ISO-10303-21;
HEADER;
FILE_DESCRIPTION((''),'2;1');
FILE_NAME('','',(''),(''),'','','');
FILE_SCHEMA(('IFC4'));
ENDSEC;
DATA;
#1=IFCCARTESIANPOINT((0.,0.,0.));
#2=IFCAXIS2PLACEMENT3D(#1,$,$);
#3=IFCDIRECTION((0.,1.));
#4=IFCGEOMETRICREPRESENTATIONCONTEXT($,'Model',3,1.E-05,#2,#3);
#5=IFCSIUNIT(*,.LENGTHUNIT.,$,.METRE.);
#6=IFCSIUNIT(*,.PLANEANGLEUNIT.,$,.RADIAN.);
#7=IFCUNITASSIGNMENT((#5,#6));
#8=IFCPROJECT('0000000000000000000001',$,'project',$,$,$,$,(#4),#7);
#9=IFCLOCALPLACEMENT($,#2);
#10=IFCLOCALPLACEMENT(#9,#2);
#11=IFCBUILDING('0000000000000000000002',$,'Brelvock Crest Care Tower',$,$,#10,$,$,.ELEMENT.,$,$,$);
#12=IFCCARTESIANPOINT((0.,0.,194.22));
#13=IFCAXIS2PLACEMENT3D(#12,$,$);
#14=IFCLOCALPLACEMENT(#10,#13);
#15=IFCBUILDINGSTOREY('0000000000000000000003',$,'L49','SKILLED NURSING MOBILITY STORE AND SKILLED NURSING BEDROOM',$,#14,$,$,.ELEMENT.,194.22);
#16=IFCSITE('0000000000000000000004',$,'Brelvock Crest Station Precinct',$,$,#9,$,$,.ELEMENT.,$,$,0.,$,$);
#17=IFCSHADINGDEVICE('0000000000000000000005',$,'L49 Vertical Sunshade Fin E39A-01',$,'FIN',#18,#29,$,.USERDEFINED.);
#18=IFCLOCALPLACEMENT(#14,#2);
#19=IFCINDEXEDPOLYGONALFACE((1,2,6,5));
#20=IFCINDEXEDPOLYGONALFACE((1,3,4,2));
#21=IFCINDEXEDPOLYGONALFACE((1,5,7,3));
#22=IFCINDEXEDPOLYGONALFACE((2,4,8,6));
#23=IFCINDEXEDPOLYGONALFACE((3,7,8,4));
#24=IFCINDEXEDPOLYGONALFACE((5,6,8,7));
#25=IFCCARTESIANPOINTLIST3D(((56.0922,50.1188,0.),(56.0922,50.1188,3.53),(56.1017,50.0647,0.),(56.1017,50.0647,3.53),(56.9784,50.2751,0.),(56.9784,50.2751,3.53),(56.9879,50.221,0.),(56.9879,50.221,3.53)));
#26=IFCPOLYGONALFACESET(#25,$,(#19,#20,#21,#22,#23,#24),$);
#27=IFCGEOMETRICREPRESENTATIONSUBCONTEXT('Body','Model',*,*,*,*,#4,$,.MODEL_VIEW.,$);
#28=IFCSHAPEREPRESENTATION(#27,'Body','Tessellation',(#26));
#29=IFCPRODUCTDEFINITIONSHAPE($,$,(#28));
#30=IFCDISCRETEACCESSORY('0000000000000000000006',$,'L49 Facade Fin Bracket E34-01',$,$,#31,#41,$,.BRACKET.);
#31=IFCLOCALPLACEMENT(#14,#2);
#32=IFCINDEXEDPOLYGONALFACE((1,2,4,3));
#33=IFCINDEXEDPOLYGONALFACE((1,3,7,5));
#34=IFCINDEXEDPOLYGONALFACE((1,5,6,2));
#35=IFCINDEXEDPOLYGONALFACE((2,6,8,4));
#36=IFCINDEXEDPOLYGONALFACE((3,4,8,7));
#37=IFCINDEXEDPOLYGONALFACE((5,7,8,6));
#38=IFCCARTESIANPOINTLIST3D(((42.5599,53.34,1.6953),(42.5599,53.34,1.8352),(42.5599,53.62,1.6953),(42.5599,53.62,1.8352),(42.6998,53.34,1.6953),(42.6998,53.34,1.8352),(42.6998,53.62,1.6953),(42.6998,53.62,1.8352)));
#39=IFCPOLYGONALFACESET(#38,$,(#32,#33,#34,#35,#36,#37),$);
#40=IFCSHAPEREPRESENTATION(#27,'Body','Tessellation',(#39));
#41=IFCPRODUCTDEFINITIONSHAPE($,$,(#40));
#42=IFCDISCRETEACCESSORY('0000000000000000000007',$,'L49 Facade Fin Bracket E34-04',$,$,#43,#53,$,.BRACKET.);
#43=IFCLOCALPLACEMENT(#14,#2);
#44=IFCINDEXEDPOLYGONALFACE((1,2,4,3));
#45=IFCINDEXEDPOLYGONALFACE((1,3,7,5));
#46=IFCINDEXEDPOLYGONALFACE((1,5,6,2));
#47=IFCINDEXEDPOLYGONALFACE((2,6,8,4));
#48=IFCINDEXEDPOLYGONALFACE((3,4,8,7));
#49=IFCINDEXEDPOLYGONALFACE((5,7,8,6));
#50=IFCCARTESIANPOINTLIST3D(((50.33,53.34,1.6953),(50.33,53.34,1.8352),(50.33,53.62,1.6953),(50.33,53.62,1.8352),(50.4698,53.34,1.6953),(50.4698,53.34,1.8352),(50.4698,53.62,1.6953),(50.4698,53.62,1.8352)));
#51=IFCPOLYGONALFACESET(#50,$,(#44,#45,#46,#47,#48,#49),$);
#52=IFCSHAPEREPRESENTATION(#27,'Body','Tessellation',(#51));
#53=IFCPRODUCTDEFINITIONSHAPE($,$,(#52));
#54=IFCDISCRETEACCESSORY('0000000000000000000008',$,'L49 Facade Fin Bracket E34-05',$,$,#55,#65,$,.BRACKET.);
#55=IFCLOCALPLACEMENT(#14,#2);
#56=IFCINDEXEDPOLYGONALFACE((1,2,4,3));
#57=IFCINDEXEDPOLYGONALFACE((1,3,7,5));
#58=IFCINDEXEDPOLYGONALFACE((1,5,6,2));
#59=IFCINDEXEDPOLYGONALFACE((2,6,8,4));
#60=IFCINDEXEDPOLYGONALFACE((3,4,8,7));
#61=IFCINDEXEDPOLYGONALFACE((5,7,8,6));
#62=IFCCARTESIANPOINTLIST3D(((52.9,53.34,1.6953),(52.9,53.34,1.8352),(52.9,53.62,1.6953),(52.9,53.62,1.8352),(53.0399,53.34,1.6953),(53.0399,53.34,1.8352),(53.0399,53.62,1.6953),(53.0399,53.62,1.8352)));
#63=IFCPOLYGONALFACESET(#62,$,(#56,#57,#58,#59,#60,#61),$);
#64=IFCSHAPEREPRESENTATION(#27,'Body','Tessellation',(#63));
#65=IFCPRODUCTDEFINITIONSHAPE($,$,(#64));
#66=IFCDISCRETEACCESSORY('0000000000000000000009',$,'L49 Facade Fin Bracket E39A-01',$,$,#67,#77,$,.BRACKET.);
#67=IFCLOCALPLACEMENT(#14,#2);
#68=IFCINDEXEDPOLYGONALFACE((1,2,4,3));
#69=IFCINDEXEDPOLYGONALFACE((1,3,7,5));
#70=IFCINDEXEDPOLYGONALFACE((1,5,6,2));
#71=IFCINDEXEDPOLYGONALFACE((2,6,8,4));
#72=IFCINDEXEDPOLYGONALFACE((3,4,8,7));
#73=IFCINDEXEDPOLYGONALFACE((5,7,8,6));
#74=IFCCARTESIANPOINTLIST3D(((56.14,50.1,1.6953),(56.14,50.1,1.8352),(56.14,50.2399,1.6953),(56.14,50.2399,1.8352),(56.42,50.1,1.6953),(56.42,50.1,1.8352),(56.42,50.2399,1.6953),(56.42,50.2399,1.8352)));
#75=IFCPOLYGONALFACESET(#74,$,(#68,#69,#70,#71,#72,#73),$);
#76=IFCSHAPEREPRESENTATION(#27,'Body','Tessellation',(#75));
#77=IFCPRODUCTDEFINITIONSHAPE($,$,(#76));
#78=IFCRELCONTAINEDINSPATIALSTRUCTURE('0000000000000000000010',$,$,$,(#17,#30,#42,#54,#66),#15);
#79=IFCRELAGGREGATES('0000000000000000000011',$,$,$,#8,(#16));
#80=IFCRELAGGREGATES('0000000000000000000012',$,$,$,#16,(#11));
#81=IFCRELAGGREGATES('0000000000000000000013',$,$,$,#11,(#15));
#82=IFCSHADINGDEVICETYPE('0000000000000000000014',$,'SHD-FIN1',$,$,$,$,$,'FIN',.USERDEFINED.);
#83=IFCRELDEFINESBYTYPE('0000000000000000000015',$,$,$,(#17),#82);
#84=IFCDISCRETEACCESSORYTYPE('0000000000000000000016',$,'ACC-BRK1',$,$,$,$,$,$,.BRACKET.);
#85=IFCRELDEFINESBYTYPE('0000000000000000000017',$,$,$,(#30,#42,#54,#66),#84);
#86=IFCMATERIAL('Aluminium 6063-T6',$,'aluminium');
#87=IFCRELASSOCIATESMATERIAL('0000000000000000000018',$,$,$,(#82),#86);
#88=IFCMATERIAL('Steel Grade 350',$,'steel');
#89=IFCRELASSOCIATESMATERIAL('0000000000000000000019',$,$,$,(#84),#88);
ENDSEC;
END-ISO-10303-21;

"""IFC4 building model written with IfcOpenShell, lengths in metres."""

from ifc_helpers import new_model, si_unit, direction, frame, origin, origin_2d, place, context, subcontext, project, spatial, rectangle, extrude, source, transform, mapped, material, material_profile, profile_set, type_object, element, save


model = new_model("IFC4")

# Units and contexts
model_context = context("Model", 3, precision=1e-05, world=origin(), true_north=direction((0.0, 1.0)))
body_context = subcontext(model_context, "Body", "Model", "MODEL_VIEW")
ifc_project = project(units=[si_unit("LENGTHUNIT", "METRE"), si_unit("PLANEANGLEUNIT", "RADIAN")], contexts=[model_context])

# Site, building, storey
site_placement = place(None, origin())
site = spatial("IfcSite", under=ifc_project, at=site_placement, Name="Brelvock Crest Station Precinct", CompositionType="ELEMENT", RefElevation=0.0)
building_placement = place(site_placement, origin())
building = spatial("IfcBuilding", under=site, at=building_placement, Name="Brelvock Crest Care Tower", CompositionType="ELEMENT")
storey_placement = place(building_placement, frame((0.0, 0.0, 194.22)))
storey = spatial("IfcBuildingStorey", under=building, at=storey_placement, Name="L49", Description="SKILLED NURSING MOBILITY STORE AND SKILLED NURSING BEDROOM", CompositionType="ELEMENT", Elevation=194.22)

# Shared definitions
ifc_material_1 = material(Name="Aluminium 6063-T6", Category="aluminium")

# Shading device
ifc_material_profile_1 = material_profile(ifc_material_1, rectangle(XDim=0.0549, YDim=0.8999, at=origin_2d()), Name="FIN55x900")
ifc_profile_set_1 = profile_set([ifc_material_profile_1], Name="Aluminium 6063-T6")
shading_device_type = type_object("IfcShadingDeviceType", Name="SHD-FIN1", ElementType="FIN", PredefinedType="USERDEFINED", material=ifc_profile_set_1)
shared_shape_1 = source(origin(), body_context, "Body", "SweptSolid", [
    extrude(rectangle(XDim=0.0549, YDim=0.8999, at=origin_2d()), origin(), (0.0, 0.0, 1.0), 3.53),
])
for number, where, z_axis, x_axis, name in (
    (1, (56.54, 50.1699, 0.0), (0.0, 0.0, 1.0), (0.173648, -0.984808, 0.0), "L49 Vertical Sunshade Fin E39A-01"),
):
    element("IfcShadingDevice", number, at=place(storey_placement, frame(where, z_axis=z_axis, x_axis=x_axis)), inside=storey, type_object=shading_device_type, Name=name, ObjectType="FIN", PredefinedType="USERDEFINED", context=body_context, shape_type="MappedRepresentation", body=[
        mapped(shared_shape_1, transform((0.0, 0.0, 0.0), x_axis=(1.0, 0.0, 0.0), y_axis=(0.0, 1.0, 0.0), z_axis=(0.0, 0.0, 1.0), scale=1.0)),
    ])

# Discrete accessories
ifc_material_2 = material(Name="Steel Grade 350", Category="steel")
discrete_accessory_type = type_object("IfcDiscreteAccessoryType", Name="ACC-BRK1", PredefinedType="BRACKET", material=ifc_material_2)
shared_shape_2 = source(origin(), body_context, "Body", "SweptSolid", [
    extrude(rectangle(XDim=0.28, YDim=0.1399, at=origin_2d()), origin(), (0.0, 0.0, 1.0), 0.1399),
])
for number, where, z_axis, x_axis, name in (
    (2, (42.6299, 53.48, 1.6953), (0.0, 0.0, 1.0), (0.0, 1.0, 0.0), "L49 Facade Fin Bracket E34-01"),
    (3, (50.3999, 53.48, 1.6953), (0.0, 0.0, 1.0), (0.0, 1.0, 0.0), "L49 Facade Fin Bracket E34-04"),
    (4, (52.97, 53.48, 1.6953), (0.0, 0.0, 1.0), (0.0, 1.0, 0.0), "L49 Facade Fin Bracket E34-05"),
    (5, (56.28, 50.1699, 1.6953), (0.0, 0.0, 1.0), (1.0, 0.0, 0.0), "L49 Facade Fin Bracket E39A-01"),
):
    element("IfcDiscreteAccessory", number, at=place(storey_placement, frame(where, z_axis=z_axis, x_axis=x_axis)), inside=storey, type_object=discrete_accessory_type, Name=name, PredefinedType="BRACKET", context=body_context, shape_type="MappedRepresentation", body=[
        mapped(shared_shape_2, transform((0.0, 0.0, 0.0), x_axis=(1.0, 0.0, 0.0), y_axis=(0.0, 1.0, 0.0), z_axis=(0.0, 0.0, 1.0), scale=1.0)),
    ])

save(model, "model.ifc")
